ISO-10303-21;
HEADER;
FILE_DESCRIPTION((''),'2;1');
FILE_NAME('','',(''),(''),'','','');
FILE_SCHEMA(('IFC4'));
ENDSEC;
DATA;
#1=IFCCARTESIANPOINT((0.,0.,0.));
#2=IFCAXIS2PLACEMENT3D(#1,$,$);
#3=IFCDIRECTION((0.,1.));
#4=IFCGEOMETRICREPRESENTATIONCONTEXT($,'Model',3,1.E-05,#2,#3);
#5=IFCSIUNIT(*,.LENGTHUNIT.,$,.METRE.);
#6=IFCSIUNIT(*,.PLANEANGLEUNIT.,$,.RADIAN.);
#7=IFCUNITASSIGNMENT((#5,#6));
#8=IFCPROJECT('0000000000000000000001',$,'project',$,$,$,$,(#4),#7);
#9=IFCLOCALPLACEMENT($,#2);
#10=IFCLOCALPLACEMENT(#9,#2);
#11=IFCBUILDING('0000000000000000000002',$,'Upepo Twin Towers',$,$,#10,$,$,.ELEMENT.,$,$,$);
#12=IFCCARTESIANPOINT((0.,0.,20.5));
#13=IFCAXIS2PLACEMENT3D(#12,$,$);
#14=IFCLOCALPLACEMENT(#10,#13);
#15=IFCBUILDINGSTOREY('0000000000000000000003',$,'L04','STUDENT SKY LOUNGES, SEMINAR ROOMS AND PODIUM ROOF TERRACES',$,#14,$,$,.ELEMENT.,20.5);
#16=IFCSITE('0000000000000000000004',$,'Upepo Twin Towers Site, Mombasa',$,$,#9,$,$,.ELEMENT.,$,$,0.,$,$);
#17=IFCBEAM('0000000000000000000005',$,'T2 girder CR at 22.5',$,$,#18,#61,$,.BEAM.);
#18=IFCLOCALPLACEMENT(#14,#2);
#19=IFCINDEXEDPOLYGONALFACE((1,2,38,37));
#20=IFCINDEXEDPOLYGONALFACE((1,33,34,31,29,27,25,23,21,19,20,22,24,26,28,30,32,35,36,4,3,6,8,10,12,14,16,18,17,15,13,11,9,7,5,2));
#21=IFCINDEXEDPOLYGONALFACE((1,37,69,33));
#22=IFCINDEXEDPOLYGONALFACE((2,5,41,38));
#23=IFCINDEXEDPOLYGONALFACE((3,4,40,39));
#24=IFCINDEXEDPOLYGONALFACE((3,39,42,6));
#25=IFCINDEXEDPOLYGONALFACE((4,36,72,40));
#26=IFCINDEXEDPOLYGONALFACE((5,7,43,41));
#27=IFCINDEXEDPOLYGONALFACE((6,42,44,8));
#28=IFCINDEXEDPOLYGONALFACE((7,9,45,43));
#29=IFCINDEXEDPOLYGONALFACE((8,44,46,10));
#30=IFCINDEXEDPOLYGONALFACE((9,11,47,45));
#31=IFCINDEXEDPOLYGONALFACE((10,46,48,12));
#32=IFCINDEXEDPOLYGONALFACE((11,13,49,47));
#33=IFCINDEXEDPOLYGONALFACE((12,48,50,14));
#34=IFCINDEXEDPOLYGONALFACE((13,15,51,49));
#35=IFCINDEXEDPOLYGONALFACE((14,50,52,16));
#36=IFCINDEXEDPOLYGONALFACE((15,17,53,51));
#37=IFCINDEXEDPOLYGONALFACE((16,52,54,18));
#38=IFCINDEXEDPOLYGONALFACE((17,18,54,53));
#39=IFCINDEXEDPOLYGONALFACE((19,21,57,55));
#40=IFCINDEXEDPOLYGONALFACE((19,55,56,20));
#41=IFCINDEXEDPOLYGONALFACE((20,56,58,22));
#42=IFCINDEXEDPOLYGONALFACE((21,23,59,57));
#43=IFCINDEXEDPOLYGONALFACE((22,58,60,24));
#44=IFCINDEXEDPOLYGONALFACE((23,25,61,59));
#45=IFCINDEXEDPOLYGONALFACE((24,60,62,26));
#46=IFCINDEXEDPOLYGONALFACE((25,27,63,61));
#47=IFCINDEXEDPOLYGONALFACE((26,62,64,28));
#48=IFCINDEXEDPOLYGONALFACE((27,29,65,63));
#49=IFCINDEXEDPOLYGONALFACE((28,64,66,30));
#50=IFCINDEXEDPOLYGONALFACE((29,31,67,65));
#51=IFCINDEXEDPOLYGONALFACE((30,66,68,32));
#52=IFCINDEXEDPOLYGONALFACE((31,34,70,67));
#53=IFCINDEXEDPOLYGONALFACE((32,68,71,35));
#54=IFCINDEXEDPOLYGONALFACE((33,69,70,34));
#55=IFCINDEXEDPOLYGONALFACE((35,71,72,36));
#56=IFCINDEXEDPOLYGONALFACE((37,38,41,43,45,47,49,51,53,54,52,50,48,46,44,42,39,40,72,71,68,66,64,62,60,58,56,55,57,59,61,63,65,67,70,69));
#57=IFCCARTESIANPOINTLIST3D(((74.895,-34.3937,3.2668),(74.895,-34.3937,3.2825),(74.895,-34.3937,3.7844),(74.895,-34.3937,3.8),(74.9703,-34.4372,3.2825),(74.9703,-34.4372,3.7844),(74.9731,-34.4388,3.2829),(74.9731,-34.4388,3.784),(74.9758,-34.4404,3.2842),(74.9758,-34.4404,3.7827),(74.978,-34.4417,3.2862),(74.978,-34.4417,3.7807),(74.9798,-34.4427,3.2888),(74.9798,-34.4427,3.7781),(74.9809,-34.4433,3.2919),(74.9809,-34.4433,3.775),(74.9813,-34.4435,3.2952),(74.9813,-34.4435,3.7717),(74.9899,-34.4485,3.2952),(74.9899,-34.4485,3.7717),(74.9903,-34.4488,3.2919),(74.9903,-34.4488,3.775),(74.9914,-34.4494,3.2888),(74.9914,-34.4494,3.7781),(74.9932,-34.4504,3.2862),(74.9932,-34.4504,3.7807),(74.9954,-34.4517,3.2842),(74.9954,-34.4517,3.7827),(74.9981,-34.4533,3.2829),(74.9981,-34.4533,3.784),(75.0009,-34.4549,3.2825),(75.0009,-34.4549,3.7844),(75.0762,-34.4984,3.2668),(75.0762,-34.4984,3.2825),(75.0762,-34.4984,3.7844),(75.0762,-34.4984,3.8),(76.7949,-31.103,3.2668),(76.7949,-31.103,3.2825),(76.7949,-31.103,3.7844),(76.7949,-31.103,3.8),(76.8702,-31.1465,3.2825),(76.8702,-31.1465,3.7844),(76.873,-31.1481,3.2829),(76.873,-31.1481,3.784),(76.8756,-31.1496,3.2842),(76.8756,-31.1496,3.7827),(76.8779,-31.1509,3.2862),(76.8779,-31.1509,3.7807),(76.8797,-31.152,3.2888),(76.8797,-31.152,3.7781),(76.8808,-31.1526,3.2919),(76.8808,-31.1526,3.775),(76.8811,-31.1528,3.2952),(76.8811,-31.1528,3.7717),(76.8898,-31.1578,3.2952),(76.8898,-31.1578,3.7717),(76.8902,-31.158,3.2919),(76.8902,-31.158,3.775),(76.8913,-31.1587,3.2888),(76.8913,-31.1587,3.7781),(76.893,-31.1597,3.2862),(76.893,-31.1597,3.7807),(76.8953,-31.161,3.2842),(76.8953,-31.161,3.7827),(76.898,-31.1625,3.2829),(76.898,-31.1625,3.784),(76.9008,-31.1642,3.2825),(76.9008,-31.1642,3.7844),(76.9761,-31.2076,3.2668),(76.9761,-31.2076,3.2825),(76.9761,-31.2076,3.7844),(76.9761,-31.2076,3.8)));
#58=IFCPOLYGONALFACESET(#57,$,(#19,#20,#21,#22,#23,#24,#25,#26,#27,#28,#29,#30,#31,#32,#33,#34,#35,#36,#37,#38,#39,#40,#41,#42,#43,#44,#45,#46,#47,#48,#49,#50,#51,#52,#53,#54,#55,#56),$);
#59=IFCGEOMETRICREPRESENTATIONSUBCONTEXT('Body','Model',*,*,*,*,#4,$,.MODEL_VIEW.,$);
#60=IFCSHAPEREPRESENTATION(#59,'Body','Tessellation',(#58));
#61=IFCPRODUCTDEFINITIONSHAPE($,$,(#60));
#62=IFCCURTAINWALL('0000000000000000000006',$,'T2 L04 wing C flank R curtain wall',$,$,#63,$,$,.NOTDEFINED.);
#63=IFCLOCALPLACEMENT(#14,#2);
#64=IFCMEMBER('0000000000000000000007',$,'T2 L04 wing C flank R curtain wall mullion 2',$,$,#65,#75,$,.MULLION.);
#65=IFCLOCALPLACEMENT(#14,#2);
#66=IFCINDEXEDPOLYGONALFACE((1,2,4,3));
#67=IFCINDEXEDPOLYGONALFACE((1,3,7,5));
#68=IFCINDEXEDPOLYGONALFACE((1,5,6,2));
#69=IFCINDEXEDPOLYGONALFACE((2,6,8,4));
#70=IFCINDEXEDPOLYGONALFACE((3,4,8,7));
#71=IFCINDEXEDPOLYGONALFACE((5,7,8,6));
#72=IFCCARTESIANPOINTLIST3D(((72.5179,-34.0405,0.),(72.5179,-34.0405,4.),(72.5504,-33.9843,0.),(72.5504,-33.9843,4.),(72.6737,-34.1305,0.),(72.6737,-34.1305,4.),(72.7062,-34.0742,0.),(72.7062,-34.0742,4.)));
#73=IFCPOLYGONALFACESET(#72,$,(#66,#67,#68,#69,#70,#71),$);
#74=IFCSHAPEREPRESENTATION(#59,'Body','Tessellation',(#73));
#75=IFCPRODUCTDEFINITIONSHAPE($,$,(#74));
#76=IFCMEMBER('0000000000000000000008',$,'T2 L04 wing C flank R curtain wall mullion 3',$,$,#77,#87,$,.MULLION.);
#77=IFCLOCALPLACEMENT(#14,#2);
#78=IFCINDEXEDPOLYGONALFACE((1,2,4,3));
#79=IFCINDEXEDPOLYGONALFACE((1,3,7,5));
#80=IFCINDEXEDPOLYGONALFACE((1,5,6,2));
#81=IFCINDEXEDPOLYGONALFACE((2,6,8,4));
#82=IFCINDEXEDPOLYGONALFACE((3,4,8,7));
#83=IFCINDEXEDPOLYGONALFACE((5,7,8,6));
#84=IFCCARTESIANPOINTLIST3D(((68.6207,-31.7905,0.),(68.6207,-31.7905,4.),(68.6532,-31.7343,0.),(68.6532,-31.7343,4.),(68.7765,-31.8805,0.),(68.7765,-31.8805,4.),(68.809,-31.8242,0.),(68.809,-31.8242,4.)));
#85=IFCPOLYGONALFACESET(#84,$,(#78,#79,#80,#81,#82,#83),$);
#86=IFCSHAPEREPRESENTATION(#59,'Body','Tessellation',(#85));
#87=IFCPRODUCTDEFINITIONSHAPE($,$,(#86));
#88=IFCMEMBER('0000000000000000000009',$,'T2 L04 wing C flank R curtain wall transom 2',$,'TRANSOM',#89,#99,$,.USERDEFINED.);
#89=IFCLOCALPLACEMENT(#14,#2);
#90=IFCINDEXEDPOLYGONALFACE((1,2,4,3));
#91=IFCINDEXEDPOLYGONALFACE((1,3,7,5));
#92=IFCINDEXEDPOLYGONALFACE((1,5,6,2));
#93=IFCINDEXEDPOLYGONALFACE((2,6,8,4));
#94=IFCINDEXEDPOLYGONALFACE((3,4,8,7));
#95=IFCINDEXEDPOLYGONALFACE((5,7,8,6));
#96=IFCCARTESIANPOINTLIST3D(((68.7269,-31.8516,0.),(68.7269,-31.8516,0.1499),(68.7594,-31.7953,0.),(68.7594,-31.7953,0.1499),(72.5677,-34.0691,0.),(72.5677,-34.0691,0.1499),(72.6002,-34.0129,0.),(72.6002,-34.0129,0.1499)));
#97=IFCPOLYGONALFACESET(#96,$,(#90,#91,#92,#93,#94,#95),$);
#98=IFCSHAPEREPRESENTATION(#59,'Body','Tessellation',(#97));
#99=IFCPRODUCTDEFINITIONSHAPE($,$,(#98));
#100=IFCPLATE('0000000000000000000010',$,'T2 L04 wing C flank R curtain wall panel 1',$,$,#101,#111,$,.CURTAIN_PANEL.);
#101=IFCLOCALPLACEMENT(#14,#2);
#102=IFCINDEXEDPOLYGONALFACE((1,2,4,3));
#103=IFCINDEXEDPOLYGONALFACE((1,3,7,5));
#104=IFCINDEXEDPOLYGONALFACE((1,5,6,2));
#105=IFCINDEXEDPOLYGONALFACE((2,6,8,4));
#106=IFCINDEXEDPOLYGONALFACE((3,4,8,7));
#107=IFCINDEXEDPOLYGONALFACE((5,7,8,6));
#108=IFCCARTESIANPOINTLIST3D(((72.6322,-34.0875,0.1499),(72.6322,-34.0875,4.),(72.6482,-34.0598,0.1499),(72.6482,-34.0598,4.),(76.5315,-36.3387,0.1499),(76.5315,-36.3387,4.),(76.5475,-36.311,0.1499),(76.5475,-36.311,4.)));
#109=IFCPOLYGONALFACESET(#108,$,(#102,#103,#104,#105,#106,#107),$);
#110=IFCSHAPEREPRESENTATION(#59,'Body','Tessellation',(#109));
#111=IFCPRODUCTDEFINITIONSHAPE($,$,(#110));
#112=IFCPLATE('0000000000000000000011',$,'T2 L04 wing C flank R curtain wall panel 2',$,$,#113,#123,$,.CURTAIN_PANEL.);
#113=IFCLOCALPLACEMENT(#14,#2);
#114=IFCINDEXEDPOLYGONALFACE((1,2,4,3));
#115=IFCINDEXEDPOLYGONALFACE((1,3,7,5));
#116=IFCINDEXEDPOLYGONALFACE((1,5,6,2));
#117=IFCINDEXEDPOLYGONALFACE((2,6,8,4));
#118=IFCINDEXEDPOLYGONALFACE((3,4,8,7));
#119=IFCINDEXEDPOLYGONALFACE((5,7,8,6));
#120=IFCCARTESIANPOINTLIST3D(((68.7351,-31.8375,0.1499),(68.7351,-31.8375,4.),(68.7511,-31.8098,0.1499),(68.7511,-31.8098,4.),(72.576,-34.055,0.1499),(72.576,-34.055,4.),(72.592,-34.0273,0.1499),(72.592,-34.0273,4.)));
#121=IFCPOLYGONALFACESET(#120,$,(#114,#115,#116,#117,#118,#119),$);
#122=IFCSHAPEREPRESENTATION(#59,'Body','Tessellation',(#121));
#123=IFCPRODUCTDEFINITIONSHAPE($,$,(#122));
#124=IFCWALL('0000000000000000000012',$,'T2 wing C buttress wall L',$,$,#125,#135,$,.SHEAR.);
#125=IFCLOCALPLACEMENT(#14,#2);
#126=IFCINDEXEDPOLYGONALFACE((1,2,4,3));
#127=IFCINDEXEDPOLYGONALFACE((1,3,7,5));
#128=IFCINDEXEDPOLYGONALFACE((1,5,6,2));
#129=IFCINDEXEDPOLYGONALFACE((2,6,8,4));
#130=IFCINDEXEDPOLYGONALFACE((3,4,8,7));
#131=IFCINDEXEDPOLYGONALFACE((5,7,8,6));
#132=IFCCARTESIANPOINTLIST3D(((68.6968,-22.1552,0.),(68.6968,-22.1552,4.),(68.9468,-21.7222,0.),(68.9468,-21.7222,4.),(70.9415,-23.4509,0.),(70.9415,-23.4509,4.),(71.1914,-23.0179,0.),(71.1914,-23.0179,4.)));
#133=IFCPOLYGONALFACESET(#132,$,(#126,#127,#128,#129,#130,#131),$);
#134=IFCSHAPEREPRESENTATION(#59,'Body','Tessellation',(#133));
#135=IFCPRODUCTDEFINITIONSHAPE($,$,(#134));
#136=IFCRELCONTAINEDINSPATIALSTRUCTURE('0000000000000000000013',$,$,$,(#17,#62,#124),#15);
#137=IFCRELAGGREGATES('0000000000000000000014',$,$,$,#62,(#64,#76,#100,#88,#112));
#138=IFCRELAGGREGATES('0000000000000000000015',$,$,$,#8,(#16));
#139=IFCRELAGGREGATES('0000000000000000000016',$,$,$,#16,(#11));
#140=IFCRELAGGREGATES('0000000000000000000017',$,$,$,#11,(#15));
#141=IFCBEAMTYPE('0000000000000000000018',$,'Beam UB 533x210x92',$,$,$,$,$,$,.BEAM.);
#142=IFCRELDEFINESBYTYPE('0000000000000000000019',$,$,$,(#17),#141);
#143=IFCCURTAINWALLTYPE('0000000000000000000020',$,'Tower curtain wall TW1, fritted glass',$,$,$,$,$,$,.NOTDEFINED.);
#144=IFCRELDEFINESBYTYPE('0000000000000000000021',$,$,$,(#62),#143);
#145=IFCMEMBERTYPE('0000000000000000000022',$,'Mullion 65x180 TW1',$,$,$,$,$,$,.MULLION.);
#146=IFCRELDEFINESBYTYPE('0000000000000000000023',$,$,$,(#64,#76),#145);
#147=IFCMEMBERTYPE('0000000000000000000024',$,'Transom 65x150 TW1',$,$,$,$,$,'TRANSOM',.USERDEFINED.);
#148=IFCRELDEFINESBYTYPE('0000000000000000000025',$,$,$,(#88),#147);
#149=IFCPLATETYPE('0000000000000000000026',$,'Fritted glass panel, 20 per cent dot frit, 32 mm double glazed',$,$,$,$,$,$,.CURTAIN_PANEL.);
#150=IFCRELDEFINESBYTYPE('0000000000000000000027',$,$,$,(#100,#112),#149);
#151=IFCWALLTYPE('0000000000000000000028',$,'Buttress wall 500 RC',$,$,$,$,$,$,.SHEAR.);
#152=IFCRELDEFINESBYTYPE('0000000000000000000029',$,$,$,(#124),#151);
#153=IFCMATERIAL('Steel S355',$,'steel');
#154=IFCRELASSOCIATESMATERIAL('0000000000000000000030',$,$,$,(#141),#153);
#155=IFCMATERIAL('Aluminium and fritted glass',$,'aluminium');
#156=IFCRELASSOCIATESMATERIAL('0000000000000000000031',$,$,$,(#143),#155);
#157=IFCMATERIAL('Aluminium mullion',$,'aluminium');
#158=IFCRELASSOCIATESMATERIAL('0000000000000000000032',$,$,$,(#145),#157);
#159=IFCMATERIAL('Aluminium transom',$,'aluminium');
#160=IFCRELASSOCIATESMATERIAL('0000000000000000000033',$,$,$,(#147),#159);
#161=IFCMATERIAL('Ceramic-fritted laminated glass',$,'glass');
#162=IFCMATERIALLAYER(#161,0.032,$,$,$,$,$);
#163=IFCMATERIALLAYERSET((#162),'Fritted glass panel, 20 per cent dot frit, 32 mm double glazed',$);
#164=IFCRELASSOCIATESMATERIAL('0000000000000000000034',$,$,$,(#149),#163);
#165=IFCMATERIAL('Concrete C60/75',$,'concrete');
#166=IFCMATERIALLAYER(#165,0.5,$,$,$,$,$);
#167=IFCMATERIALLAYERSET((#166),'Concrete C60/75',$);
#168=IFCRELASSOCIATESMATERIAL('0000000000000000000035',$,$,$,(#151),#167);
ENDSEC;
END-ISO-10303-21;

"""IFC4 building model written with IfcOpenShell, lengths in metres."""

from ifc_helpers import new_model, si_unit, direction, frame, frame_2d, origin, origin_2d, place, context, subcontext, project, spatial, rectangle, i_section, extrude, material, layer, layer_set, material_profile, profile_set, type_object, element, aggregate, save


model = new_model("IFC4")

# Units and contexts
model_context = context("Model", 3, precision=1e-05, world=origin(), true_north=direction((0.0, 1.0)))
body_context = subcontext(model_context, "Body", "Model", "MODEL_VIEW")
ifc_project = project(units=[si_unit("LENGTHUNIT", "METRE"), si_unit("PLANEANGLEUNIT", "RADIAN")], contexts=[model_context])

# Site, building, storey
site_placement = place(None, origin())
site = spatial("IfcSite", under=ifc_project, at=site_placement, Name="Upepo Twin Towers Site, Mombasa", CompositionType="ELEMENT", RefElevation=0.0)
building_placement = place(site_placement, origin())
building = spatial("IfcBuilding", under=site, at=building_placement, Name="Upepo Twin Towers", CompositionType="ELEMENT")
storey_placement = place(building_placement, frame((0.0, 0.0, 20.5)))
storey = spatial("IfcBuildingStorey", under=building, at=storey_placement, Name="L04", Description="STUDENT SKY LOUNGES, SEMINAR ROOMS AND PODIUM ROOF TERRACES", CompositionType="ELEMENT", Elevation=20.5)

# Beam
ifc_material_1 = material(Name="Steel S355", Category="steel")
ifc_material_profile_1 = material_profile(ifc_material_1, i_section(OverallWidth=0.2092, OverallDepth=0.5332, WebThickness=0.01, FlangeThickness=0.0156, FilletRadius=0.0127, at=origin_2d()), Name="UB 533x210x92")
ifc_profile_set_1 = profile_set([ifc_material_profile_1], Name="Steel S355")
beam_type_1 = type_object("IfcBeamType", Name="Beam UB 533x210x92", PredefinedType="BEAM", material=ifc_profile_set_1)
beam_1_placement = place(storey_placement, frame((74.9856, -34.446, 3.5334), z_axis=(0.499995, 0.866028, 0.0), x_axis=(-0.866028, 0.499995, 0.0)))
element("IfcBeam", 1, at=beam_1_placement, inside=storey, type_object=beam_type_1, Name="T2 girder CR at 22.5", PredefinedType="BEAM", context=body_context, shape_type="SweptSolid", body=[
    extrude(i_section(OverallWidth=0.2092, OverallDepth=0.5332, WebThickness=0.01, FlangeThickness=0.0156, FilletRadius=0.0127, at=origin_2d()), origin(), (0.0, 0.0, 1.0), 3.7998),
])

# Curtain wall, members, plates
ifc_material_2 = material(Name="Aluminium and fritted glass", Category="aluminium")
curtain_wall_type = type_object("IfcCurtainWallType", Name="Tower curtain wall TW1, fritted glass", PredefinedType="NOTDEFINED", material=ifc_material_2)
curtain_wall_placement = place(storey_placement, origin())
curtain_wall = element("IfcCurtainWall", 2, at=curtain_wall_placement, inside=storey, type_object=curtain_wall_type, Name="T2 L04 wing C flank R curtain wall", PredefinedType="NOTDEFINED")
ifc_material_3 = material(Name="Aluminium mullion", Category="aluminium")
ifc_material_profile_2 = material_profile(ifc_material_3, rectangle(XDim=0.0649, YDim=0.1799, at=origin_2d()), Name="MULLION 65x180")
ifc_profile_set_2 = profile_set([ifc_material_profile_2], Name="Aluminium mullion")
member_type_1 = type_object("IfcMemberType", Name="Mullion 65x180 TW1", PredefinedType="MULLION", material=ifc_profile_set_2)
member_1_placement = place(storey_placement, frame((72.6121, -34.0574, 0.0), z_axis=(0.0, 0.0, 1.0), x_axis=(-0.5, -0.866025, 0.0)))
member_1 = element("IfcMember", 3, at=member_1_placement, type_object=member_type_1, Name="T2 L04 wing C flank R curtain wall mullion 2", PredefinedType="MULLION", context=body_context, shape_type="SweptSolid", body=[
    extrude(rectangle(XDim=0.0649, YDim=0.1799, at=origin_2d()), origin(), (0.0, 0.0, 1.0), 4.0),
])
member_2_placement = place(storey_placement, frame((68.7148, -31.8074, 0.0), z_axis=(0.0, 0.0, 1.0), x_axis=(-0.5, -0.866025, 0.0)))
member_2 = element("IfcMember", 4, at=member_2_placement, type_object=member_type_1, Name="T2 L04 wing C flank R curtain wall mullion 3", PredefinedType="MULLION", context=body_context, shape_type="SweptSolid", body=[
    extrude(rectangle(XDim=0.0649, YDim=0.1799, at=origin_2d()), origin(), (0.0, 0.0, 1.0), 4.0),
])
ifc_material_4 = material(Name="Aluminium transom", Category="aluminium")
ifc_material_profile_3 = material_profile(ifc_material_4, rectangle(XDim=0.0649, YDim=0.1499, at=origin_2d()), Name="TRANSOM 65x150")
ifc_profile_set_3 = profile_set([ifc_material_profile_3], Name="Aluminium transom")
member_type_2 = type_object("IfcMemberType", Name="Transom 65x150 TW1", ElementType="TRANSOM", PredefinedType="USERDEFINED", material=ifc_profile_set_3)
member_3_placement = place(storey_placement, frame((72.584, -34.041, 0.075), z_axis=(-0.866022, 0.500005, 0.0), x_axis=(-0.500005, -0.866022, 0.0)))
member_3 = element("IfcMember", 5, at=member_3_placement, type_object=member_type_2, Name="T2 L04 wing C flank R curtain wall transom 2", ObjectType="TRANSOM", PredefinedType="USERDEFINED", context=body_context, shape_type="SweptSolid", body=[
    extrude(rectangle(XDim=0.0649, YDim=0.1499, at=origin_2d()), origin(), (0.0, 0.0, 1.0), 4.4351),
])
ifc_material_5 = material(Name="Ceramic-fritted laminated glass", Category="glass")
ifc_layer_1 = layer(ifc_material_5, 0.032)
ifc_layer_set_1 = layer_set([ifc_layer_1], Name="Fritted glass panel, 20 per cent dot frit, 32 mm double glazed")
plate_type = type_object("IfcPlateType", Name="Fritted glass panel, 20 per cent dot frit, 32 mm double glazed", PredefinedType="CURTAIN_PANEL", material=ifc_layer_set_1)
plate_1_placement = place(storey_placement, frame((74.5898, -35.1992, 0.1499), z_axis=(0.0, 0.0, 1.0), x_axis=(-0.866025, 0.5, 0.0)))
plate_1 = element("IfcPlate", 6, at=plate_1_placement, type_object=plate_type, Name="T2 L04 wing C flank R curtain wall panel 1", PredefinedType="CURTAIN_PANEL", context=body_context, shape_type="SweptSolid", body=[
    extrude(rectangle(XDim=4.5024, YDim=0.032, at=origin_2d()), origin(), (0.0, 0.0, 1.0), 3.8501),
])
plate_2_placement = place(storey_placement, frame((70.6636, -32.9324, 0.1499), z_axis=(0.0, 0.0, 1.0), x_axis=(-0.866025, 0.5, 0.0)))
plate_2 = element("IfcPlate", 7, at=plate_2_placement, type_object=plate_type, Name="T2 L04 wing C flank R curtain wall panel 2", PredefinedType="CURTAIN_PANEL", context=body_context, shape_type="SweptSolid", body=[
    extrude(rectangle(XDim=4.4351, YDim=0.032, at=origin_2d()), origin(), (0.0, 0.0, 1.0), 3.8501),
])
aggregate(curtain_wall, [member_1, member_2, plate_1, member_3, plate_2])

# Wall
ifc_material_6 = material(Name="Concrete C60/75", Category="concrete")
ifc_layer_2 = layer(ifc_material_6, 0.5)
ifc_layer_set_2 = layer_set([ifc_layer_2], Name="Concrete C60/75")
wall_type_1 = type_object("IfcWallType", Name="Buttress wall 500 RC", PredefinedType="SHEAR", material=ifc_layer_set_2)
wall_1_placement = place(storey_placement, frame((68.8218, -21.9387, 0.0), z_axis=(0.0, 0.0, 1.0), x_axis=(0.866073, -0.499918, 0.0)))
element("IfcWall", 8, at=wall_1_placement, inside=storey, type_object=wall_type_1, Name="T2 wing C buttress wall L", PredefinedType="SHEAR", context=body_context, shape_type="SweptSolid", body=[
    extrude(rectangle(XDim=2.5918, YDim=0.5, at=frame_2d((1.2959, 0.0))), origin(), (0.0, 0.0, 1.0), 4.0),
])

save(model, "model.ifc")
